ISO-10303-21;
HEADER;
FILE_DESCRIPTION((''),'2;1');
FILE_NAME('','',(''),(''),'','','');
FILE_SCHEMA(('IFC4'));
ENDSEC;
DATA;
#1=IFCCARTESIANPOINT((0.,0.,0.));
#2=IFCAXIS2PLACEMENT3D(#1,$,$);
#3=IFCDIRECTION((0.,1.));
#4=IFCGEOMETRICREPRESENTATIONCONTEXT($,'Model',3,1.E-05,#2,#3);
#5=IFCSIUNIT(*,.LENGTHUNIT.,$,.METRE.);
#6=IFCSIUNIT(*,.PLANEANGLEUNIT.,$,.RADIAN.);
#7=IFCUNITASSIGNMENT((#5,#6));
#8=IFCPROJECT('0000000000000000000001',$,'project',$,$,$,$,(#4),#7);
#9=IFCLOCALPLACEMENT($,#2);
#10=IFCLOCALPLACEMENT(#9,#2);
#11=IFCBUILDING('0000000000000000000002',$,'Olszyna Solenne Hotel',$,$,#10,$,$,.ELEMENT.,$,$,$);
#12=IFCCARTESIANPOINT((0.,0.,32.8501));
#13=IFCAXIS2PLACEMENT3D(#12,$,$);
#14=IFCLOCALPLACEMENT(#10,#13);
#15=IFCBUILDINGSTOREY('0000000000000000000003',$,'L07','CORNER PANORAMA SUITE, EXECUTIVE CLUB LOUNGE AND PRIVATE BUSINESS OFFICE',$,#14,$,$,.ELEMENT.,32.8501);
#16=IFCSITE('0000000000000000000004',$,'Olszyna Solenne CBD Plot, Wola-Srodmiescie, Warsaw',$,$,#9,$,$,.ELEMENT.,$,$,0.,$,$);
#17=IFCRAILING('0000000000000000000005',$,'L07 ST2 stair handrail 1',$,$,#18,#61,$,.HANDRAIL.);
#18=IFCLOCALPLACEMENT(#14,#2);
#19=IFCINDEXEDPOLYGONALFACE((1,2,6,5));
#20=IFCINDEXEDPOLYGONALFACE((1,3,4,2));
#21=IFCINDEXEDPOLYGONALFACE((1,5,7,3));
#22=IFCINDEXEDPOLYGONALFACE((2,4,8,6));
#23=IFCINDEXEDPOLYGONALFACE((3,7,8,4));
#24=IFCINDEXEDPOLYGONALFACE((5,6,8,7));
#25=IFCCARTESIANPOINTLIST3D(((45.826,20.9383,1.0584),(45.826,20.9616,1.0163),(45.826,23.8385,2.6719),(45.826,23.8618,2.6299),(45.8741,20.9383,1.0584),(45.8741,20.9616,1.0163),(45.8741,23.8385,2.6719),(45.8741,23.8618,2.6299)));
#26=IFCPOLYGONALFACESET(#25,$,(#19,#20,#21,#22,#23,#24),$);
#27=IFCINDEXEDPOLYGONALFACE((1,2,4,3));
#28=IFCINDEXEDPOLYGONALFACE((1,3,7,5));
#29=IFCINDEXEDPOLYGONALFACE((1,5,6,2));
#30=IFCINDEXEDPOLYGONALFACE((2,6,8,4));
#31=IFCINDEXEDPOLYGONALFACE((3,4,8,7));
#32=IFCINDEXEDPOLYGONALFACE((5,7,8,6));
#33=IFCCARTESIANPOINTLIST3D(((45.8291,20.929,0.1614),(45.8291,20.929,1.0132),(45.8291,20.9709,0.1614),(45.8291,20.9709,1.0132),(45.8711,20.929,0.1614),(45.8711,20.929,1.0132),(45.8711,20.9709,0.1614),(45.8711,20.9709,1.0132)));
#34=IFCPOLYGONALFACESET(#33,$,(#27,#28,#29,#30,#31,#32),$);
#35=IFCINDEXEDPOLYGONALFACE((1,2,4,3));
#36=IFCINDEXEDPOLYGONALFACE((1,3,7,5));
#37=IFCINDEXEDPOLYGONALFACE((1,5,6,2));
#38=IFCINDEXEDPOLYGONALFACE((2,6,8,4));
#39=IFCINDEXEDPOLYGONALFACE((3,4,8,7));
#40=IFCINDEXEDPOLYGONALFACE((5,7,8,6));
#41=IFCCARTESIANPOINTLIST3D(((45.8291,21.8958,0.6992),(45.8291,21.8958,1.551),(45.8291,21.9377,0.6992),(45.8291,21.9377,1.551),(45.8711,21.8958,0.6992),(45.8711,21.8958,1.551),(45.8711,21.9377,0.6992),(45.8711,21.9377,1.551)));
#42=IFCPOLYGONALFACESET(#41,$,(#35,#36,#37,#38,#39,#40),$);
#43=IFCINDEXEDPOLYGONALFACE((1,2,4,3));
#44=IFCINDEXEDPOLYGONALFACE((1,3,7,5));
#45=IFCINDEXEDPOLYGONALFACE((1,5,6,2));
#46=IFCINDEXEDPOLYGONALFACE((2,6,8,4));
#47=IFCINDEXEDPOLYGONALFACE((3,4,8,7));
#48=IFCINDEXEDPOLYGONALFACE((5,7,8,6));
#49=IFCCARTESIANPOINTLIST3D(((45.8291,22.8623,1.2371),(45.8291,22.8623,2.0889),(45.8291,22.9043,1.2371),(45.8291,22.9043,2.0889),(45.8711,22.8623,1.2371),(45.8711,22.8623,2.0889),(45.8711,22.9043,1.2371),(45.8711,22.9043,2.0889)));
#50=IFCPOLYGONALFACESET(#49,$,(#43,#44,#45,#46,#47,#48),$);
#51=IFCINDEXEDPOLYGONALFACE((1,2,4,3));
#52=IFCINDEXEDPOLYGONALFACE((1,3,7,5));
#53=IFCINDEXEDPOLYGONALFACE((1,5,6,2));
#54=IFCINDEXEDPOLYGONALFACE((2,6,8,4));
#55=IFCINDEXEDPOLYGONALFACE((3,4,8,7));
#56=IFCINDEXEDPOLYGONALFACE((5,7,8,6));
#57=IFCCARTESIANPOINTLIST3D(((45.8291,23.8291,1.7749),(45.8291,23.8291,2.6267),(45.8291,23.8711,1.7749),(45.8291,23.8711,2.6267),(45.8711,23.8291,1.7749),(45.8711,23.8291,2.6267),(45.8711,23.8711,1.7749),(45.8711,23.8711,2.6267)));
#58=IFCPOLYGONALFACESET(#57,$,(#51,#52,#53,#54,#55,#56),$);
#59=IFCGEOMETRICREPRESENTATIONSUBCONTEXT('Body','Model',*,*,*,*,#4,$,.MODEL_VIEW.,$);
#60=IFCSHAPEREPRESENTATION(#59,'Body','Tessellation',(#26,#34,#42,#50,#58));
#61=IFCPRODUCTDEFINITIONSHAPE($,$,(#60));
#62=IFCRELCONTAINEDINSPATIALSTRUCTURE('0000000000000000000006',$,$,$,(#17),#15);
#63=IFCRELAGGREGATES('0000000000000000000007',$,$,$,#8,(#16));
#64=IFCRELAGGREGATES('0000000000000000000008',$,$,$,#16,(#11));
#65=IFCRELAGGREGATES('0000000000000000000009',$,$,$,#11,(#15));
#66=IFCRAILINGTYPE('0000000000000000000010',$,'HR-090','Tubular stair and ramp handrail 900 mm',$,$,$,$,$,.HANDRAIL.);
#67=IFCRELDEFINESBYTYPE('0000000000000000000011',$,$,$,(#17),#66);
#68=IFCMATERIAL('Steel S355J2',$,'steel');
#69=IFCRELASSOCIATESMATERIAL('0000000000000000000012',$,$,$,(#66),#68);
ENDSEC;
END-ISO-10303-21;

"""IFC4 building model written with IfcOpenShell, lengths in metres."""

from ifc_helpers import new_model, si_unit, direction, frame, origin, origin_2d, place, context, subcontext, project, spatial, rectangle, extrude, material, type_object, element, save


model = new_model("IFC4")

# Units and contexts
model_context = context("Model", 3, precision=1e-05, world=origin(), true_north=direction((0.0, 1.0)))
body_context = subcontext(model_context, "Body", "Model", "MODEL_VIEW")
ifc_project = project(units=[si_unit("LENGTHUNIT", "METRE"), si_unit("PLANEANGLEUNIT", "RADIAN")], contexts=[model_context])

# Site, building, storey
site_placement = place(None, origin())
site = spatial("IfcSite", under=ifc_project, at=site_placement, Name="Olszyna Solenne CBD Plot, Wola-Srodmiescie, Warsaw", CompositionType="ELEMENT", RefElevation=0.0)
building_placement = place(site_placement, origin())
building = spatial("IfcBuilding", under=site, at=building_placement, Name="Olszyna Solenne Hotel", CompositionType="ELEMENT")
storey_placement = place(building_placement, frame((0.0, 0.0, 32.8501)))
storey = spatial("IfcBuildingStorey", under=building, at=storey_placement, Name="L07", Description="CORNER PANORAMA SUITE, EXECUTIVE CLUB LOUNGE AND PRIVATE BUSINESS OFFICE", CompositionType="ELEMENT", Elevation=32.8501)

# Shared definitions
ifc_material_1 = material(Name="Steel S355J2", Category="steel")

# Railing
railing_type = type_object("IfcRailingType", Name="HR-090", Description="Tubular stair and ramp handrail 900 mm", PredefinedType="HANDRAIL", material=ifc_material_1)
railing_placement = place(storey_placement, frame((45.8501, 20.95, 0.1614)))
element("IfcRailing", 1, at=railing_placement, inside=storey, type_object=railing_type, Name="L07 ST2 stair handrail 1", PredefinedType="HANDRAIL", context=body_context, shape_type="SweptSolid", body=[
    extrude(rectangle(XDim=0.0481, YDim=0.0481, at=origin_2d()), frame((0.0, 0.0, 0.876), z_axis=(0.0, 0.873859, 0.48618), x_axis=(-1.0, 0.0, 0.0)), (0.0, 0.0, 1.0), 3.3188),
    extrude(rectangle(XDim=0.042, YDim=0.042, at=origin_2d()), origin(), (0.0, 0.0, 1.0), 0.8518),
    extrude(rectangle(XDim=0.042, YDim=0.042, at=origin_2d()), frame((0.0, 0.9668, 0.5378)), (0.0, 0.0, 1.0), 0.8518),
    extrude(rectangle(XDim=0.042, YDim=0.042, at=origin_2d()), frame((0.0, 1.9333, 1.0757)), (0.0, 0.0, 1.0), 0.8518),
    extrude(rectangle(XDim=0.042, YDim=0.042, at=origin_2d()), frame((0.0, 2.9001, 1.6135)), (0.0, 0.0, 1.0), 0.8518),
])

save(model, "model.ifc")
